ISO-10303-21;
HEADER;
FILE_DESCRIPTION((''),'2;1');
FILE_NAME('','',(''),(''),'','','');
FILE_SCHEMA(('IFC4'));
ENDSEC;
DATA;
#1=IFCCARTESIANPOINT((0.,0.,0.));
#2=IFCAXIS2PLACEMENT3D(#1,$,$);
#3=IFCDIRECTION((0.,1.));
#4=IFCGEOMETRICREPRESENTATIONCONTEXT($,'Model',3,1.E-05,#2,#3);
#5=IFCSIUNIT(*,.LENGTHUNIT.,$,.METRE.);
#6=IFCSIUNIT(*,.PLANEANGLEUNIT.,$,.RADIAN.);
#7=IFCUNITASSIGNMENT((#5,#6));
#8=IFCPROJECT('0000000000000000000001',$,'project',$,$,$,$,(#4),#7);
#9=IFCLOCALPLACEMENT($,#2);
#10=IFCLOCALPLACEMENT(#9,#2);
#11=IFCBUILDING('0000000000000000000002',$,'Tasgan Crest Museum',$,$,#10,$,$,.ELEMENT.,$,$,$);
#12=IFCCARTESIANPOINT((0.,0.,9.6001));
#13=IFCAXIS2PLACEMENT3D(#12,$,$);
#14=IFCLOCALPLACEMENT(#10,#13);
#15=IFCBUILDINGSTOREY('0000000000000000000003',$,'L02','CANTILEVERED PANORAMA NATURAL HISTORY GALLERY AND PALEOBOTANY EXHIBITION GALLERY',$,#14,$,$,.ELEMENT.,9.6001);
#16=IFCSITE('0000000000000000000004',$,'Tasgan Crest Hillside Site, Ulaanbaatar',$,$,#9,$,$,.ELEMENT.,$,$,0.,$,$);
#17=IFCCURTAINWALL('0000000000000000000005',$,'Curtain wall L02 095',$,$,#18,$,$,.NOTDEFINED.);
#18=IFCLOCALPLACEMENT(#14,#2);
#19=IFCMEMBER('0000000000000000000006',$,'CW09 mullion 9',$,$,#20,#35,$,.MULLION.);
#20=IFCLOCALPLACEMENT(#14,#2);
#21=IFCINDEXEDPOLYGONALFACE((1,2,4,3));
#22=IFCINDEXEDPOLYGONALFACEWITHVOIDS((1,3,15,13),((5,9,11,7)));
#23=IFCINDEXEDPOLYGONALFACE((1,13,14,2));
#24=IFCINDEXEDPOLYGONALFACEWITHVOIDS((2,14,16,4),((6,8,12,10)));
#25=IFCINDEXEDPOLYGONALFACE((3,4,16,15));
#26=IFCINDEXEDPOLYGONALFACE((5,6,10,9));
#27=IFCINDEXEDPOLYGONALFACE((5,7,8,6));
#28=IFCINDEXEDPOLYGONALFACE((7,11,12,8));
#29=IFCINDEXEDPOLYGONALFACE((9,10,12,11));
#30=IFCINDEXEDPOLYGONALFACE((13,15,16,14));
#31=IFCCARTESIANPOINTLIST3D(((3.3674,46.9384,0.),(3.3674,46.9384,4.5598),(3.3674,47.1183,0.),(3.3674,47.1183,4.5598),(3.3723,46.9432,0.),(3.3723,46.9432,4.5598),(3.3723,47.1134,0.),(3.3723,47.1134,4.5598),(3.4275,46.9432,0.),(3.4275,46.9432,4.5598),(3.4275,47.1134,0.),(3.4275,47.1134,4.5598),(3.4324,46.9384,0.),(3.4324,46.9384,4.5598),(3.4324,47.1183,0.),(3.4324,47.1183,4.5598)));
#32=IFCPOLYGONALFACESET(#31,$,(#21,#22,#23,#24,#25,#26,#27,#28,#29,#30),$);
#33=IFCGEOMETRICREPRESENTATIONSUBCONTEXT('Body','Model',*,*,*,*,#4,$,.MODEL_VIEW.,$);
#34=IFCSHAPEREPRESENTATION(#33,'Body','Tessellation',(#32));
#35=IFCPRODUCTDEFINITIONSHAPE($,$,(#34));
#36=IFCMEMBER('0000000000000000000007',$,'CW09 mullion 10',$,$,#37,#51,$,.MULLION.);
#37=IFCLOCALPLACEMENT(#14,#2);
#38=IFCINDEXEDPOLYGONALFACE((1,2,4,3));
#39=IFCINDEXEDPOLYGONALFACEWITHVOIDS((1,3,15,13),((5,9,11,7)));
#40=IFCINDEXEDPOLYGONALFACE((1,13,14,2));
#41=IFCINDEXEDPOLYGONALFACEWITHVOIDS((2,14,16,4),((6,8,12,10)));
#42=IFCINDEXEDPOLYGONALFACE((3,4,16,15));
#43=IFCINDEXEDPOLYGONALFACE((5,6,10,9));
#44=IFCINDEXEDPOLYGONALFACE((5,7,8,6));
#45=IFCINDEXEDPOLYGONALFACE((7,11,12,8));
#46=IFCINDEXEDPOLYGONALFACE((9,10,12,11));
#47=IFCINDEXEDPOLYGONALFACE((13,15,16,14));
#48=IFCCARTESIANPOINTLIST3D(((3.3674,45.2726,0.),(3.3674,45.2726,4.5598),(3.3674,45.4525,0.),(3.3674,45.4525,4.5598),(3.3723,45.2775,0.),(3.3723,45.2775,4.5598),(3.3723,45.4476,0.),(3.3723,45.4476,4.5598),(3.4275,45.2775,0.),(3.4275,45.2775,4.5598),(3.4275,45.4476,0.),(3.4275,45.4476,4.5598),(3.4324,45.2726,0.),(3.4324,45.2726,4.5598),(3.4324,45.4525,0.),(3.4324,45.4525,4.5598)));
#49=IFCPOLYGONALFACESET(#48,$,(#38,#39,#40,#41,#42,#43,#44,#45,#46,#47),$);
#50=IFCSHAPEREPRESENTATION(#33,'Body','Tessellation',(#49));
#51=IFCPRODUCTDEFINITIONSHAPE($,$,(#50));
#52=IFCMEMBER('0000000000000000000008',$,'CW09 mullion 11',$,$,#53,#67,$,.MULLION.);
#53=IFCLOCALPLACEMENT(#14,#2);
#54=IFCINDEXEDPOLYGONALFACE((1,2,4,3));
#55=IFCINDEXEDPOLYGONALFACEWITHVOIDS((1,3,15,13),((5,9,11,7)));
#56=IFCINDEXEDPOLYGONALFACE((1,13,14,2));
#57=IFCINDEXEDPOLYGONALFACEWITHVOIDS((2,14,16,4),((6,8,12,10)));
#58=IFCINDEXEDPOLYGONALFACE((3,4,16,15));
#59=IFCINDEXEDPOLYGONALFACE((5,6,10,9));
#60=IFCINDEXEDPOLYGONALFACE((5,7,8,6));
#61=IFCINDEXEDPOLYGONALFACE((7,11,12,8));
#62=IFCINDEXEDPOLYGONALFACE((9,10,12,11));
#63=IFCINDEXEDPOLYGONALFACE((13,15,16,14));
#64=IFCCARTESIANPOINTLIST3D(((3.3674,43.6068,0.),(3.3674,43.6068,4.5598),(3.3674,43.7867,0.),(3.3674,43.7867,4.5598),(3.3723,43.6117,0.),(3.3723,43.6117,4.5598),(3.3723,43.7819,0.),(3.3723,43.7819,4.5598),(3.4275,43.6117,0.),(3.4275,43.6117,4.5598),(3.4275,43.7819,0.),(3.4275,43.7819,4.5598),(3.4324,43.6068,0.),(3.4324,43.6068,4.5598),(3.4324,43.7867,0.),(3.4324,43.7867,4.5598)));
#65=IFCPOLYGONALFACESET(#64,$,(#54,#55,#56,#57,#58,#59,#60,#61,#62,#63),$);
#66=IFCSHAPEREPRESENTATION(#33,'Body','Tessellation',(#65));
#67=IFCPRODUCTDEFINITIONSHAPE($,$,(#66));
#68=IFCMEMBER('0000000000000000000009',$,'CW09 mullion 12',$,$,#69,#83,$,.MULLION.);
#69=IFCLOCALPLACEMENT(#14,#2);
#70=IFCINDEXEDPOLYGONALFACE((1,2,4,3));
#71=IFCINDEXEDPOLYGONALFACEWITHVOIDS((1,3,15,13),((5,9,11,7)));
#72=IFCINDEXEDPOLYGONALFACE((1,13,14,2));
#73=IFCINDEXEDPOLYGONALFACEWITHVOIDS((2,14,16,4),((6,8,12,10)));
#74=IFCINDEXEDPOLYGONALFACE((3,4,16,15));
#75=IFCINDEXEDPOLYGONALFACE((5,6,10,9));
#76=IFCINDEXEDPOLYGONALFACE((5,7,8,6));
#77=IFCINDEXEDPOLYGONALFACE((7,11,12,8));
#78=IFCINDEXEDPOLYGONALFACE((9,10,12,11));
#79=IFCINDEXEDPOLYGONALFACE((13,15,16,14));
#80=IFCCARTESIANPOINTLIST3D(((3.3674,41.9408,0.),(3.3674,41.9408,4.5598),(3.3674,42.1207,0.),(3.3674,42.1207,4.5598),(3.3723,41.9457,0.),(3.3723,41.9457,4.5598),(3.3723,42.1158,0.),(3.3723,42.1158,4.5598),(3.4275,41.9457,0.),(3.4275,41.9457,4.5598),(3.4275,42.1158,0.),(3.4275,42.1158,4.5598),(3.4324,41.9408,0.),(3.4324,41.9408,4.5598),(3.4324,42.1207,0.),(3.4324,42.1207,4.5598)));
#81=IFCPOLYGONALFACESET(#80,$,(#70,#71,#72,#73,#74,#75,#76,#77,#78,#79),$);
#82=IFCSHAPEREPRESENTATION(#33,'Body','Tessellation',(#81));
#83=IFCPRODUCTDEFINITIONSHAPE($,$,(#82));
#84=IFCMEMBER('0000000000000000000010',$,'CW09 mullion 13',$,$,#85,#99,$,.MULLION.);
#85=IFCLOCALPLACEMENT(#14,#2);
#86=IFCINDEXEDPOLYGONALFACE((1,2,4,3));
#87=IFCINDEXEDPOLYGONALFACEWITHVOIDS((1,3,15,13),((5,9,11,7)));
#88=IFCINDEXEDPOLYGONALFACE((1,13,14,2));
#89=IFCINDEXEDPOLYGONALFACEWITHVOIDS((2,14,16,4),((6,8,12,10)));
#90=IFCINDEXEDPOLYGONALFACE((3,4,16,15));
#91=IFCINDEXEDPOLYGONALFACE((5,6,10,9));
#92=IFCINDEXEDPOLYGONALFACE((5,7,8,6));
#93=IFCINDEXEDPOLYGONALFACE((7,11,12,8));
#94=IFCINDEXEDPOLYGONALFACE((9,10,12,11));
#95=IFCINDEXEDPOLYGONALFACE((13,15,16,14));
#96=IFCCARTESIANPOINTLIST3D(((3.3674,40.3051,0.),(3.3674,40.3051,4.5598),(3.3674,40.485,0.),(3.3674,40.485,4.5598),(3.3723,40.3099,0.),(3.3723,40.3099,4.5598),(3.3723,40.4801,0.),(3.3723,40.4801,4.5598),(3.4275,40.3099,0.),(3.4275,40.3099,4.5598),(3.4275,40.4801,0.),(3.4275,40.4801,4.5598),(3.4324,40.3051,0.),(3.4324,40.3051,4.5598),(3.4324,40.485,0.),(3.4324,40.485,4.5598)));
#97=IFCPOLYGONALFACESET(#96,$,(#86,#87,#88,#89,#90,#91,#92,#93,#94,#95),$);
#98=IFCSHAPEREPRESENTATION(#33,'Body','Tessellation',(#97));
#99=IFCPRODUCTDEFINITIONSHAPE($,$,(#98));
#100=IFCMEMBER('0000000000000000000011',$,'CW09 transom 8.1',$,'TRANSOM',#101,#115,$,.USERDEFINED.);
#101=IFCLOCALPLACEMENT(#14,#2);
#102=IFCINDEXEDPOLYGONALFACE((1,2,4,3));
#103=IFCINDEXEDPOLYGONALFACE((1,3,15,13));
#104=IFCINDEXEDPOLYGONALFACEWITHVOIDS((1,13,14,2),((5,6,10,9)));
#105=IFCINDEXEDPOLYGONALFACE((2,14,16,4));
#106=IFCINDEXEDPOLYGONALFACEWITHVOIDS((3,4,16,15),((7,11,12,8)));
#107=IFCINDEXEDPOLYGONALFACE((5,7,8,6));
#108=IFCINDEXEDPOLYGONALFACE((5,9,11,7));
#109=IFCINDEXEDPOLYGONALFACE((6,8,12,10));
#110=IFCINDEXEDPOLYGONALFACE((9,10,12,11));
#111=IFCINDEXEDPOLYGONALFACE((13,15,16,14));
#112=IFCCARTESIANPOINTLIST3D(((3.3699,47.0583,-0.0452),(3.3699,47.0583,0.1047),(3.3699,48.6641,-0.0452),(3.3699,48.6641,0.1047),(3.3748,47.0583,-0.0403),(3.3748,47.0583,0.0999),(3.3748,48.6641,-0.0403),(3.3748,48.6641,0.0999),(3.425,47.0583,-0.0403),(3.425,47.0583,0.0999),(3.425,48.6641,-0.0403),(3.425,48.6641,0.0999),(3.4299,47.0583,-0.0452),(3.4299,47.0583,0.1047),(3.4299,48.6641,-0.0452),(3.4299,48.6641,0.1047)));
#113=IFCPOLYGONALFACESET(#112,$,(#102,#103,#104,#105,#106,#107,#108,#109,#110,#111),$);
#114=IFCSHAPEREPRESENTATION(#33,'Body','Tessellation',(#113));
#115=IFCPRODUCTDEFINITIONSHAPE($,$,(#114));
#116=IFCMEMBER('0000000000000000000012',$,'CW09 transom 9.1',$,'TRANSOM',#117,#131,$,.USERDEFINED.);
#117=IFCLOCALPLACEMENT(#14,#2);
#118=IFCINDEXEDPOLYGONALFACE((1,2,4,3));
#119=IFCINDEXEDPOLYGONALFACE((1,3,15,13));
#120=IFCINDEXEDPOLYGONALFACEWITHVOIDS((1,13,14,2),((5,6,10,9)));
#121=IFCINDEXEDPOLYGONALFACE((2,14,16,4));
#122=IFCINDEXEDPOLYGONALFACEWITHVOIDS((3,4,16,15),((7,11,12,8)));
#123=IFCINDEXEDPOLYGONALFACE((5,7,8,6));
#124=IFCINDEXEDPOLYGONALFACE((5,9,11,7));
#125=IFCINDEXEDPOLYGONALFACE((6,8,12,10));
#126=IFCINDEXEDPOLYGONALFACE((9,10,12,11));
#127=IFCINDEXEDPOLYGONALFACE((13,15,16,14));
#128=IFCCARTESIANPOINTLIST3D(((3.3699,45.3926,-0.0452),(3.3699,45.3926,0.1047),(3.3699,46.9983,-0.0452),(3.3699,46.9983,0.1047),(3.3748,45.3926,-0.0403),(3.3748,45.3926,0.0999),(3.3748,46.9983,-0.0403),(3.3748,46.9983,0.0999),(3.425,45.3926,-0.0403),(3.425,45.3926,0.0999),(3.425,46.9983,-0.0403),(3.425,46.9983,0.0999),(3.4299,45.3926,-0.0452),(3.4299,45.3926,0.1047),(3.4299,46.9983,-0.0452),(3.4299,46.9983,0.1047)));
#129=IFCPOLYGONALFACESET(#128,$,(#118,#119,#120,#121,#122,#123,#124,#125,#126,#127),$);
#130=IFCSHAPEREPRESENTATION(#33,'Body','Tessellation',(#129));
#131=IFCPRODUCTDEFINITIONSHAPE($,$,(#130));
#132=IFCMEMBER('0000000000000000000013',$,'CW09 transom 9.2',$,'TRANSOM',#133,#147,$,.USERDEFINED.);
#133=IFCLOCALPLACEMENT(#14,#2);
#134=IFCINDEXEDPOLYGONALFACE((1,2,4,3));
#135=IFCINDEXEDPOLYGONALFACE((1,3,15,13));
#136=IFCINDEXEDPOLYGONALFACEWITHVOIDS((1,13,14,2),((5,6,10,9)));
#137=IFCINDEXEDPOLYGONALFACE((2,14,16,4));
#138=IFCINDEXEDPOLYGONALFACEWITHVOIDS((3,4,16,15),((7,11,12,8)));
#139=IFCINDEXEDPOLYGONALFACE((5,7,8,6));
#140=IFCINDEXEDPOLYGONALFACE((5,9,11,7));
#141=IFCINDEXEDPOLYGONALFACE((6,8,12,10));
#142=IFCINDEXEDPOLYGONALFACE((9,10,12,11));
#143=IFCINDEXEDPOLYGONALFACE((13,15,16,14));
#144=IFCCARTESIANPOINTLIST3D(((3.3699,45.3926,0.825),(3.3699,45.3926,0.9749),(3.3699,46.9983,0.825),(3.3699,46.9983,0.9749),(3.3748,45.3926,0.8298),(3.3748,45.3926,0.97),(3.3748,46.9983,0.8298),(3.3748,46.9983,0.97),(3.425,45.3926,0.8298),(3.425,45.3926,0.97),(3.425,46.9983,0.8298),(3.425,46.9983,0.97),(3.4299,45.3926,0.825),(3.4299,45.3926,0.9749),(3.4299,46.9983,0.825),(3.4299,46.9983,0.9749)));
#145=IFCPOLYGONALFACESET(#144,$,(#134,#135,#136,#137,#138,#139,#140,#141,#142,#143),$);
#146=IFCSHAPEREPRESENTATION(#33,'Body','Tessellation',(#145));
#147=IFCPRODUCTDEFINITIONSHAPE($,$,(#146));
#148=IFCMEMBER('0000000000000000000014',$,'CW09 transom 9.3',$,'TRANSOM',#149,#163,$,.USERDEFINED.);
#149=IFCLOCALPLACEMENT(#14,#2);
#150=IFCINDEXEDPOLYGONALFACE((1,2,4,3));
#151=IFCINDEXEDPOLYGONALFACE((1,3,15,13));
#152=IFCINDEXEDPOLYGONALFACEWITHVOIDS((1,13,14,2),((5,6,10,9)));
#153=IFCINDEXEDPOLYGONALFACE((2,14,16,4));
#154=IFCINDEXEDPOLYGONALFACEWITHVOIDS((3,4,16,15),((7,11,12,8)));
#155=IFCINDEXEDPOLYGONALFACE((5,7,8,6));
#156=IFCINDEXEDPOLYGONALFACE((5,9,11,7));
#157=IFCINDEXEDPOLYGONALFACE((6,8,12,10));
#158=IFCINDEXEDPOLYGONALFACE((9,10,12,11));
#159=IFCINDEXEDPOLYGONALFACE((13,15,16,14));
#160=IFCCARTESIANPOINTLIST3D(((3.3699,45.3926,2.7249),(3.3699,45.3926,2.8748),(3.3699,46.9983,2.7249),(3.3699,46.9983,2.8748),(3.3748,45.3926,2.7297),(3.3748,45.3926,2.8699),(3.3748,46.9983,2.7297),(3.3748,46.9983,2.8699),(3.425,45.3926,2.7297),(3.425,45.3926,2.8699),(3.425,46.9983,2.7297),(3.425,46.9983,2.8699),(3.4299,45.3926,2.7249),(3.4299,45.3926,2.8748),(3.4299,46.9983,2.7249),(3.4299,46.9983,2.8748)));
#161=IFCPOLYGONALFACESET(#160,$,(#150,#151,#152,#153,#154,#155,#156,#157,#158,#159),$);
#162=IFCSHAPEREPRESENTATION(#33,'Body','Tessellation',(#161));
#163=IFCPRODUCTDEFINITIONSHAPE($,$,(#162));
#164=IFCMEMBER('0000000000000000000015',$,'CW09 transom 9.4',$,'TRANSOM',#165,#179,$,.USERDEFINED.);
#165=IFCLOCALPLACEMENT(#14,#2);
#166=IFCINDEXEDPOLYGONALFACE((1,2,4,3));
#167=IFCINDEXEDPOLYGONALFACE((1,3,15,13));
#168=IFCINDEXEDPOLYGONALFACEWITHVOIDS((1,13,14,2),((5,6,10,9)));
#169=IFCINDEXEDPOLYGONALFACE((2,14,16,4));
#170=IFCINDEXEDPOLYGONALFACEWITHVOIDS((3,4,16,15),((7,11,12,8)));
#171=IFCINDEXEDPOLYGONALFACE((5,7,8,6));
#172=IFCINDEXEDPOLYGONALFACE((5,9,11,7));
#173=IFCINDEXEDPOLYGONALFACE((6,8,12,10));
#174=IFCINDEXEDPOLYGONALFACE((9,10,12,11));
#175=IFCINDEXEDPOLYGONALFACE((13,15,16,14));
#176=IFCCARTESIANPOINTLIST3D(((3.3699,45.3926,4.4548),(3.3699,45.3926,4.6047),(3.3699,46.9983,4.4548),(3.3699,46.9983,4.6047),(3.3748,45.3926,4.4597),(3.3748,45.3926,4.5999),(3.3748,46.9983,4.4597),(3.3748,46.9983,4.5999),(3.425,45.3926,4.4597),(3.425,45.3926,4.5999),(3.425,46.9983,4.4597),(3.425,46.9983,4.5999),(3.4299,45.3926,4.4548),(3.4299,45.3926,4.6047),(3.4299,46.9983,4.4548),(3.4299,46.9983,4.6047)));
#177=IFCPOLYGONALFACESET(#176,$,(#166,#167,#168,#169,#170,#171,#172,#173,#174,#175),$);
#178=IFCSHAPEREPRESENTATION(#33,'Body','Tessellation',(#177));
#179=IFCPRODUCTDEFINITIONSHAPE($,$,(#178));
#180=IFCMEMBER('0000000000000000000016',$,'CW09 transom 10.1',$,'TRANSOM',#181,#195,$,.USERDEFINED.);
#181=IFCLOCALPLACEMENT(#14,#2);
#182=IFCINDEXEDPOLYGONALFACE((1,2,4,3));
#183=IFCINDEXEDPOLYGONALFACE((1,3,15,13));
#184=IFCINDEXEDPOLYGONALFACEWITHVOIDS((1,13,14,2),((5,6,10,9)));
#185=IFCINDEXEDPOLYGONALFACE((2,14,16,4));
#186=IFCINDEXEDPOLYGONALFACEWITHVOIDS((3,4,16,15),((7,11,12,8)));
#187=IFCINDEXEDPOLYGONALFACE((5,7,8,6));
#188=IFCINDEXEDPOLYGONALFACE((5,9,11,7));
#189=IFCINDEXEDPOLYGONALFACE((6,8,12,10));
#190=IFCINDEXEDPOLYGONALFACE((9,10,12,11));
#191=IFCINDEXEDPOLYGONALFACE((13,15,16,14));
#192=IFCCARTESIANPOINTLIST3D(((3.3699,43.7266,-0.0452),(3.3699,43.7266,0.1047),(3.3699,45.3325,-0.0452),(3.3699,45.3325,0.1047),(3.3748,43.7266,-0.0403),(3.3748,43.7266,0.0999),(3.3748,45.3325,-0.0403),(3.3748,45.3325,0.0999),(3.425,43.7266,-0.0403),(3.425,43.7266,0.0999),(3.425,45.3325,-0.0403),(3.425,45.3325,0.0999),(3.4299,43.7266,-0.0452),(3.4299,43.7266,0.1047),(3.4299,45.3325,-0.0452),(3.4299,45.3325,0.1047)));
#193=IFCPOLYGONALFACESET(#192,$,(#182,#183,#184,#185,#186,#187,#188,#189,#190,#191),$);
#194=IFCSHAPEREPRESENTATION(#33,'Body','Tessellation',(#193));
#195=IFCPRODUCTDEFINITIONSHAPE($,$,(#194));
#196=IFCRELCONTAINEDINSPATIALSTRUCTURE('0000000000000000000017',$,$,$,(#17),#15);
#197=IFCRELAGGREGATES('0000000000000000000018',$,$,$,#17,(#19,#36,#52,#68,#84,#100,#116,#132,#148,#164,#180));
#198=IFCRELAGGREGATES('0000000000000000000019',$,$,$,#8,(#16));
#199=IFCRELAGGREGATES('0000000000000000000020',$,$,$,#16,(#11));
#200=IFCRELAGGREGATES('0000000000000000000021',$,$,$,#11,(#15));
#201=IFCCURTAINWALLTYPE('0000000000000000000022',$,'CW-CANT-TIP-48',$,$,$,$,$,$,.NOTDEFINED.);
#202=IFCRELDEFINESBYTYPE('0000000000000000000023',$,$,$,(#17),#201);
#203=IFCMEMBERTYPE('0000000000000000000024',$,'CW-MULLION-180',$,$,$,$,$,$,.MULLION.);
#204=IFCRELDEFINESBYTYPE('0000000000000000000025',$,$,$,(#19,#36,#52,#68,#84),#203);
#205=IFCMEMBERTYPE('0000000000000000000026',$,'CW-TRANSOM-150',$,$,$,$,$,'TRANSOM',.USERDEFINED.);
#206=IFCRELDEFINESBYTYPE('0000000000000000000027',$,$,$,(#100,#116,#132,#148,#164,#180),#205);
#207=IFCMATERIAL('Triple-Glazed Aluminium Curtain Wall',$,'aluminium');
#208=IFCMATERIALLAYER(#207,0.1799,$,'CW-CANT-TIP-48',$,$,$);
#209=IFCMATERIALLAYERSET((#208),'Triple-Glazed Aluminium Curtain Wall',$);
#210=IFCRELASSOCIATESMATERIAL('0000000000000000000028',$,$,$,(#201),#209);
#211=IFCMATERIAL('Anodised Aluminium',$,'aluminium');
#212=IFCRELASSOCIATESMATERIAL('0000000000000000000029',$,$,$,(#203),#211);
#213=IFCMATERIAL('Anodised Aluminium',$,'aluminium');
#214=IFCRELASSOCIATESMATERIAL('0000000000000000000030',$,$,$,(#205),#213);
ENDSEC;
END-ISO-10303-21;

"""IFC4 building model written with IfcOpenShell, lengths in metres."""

from ifc_helpers import new_model, si_unit, direction, frame, origin, origin_2d, place, context, subcontext, project, spatial, hollow_rectangle, extrude, material, layer, layer_set, material_profile, profile_set, type_object, element, aggregate, save


model = new_model("IFC4")

# Units and contexts
model_context = context("Model", 3, precision=1e-05, world=origin(), true_north=direction((0.0, 1.0)))
body_context = subcontext(model_context, "Body", "Model", "MODEL_VIEW")
ifc_project = project(units=[si_unit("LENGTHUNIT", "METRE"), si_unit("PLANEANGLEUNIT", "RADIAN")], contexts=[model_context])

# Site, building, storey
site_placement = place(None, origin())
site = spatial("IfcSite", under=ifc_project, at=site_placement, Name="Tasgan Crest Hillside Site, Ulaanbaatar", CompositionType="ELEMENT", RefElevation=0.0)
building_placement = place(site_placement, origin())
building = spatial("IfcBuilding", under=site, at=building_placement, Name="Tasgan Crest Museum", CompositionType="ELEMENT")
storey_placement = place(building_placement, frame((0.0, 0.0, 9.6001)))
storey = spatial("IfcBuildingStorey", under=building, at=storey_placement, Name="L02", Description="CANTILEVERED PANORAMA NATURAL HISTORY GALLERY AND PALEOBOTANY EXHIBITION GALLERY", CompositionType="ELEMENT", Elevation=9.6001)

# Curtain wall, members
ifc_material_1 = material(Name="Triple-Glazed Aluminium Curtain Wall", Category="aluminium")
ifc_layer_1 = layer(ifc_material_1, 0.1799, Name="CW-CANT-TIP-48")
ifc_layer_set_1 = layer_set([ifc_layer_1], Name="Triple-Glazed Aluminium Curtain Wall")
curtain_wall_type = type_object("IfcCurtainWallType", Name="CW-CANT-TIP-48", PredefinedType="NOTDEFINED", material=ifc_layer_set_1)
curtain_wall_placement = place(storey_placement, origin())
curtain_wall = element("IfcCurtainWall", 1, at=curtain_wall_placement, inside=storey, type_object=curtain_wall_type, Name="Curtain wall L02 095", PredefinedType="NOTDEFINED")
ifc_material_2 = material(Name="Anodised Aluminium", Category="aluminium")
ifc_material_profile_1 = material_profile(ifc_material_2, hollow_rectangle(XDim=0.0649, YDim=0.1799, WallThickness=0.0049, at=origin_2d()), Name="ALU MULLION 180x65x5")
ifc_profile_set_1 = profile_set([ifc_material_profile_1], Name="Anodised Aluminium")
member_type_1 = type_object("IfcMemberType", Name="CW-MULLION-180", PredefinedType="MULLION", material=ifc_profile_set_1)
member_1_placement = place(storey_placement, frame((3.3999, 47.0283, 0.0), z_axis=(0.0, 0.0, 1.0), x_axis=(1.0, 0.0, 0.0)))
member_1 = element("IfcMember", 2, at=member_1_placement, type_object=member_type_1, Name="CW09 mullion 9", PredefinedType="MULLION", context=body_context, shape_type="SweptSolid", body=[
    extrude(hollow_rectangle(XDim=0.0649, YDim=0.1799, WallThickness=0.0049, at=origin_2d()), origin(), (0.0, 0.0, 1.0), 4.5598),
])
member_2_placement = place(storey_placement, frame((3.3999, 45.3625, 0.0), z_axis=(0.0, 0.0, 1.0), x_axis=(1.0, 0.0, 0.0)))
member_2 = element("IfcMember", 3, at=member_2_placement, type_object=member_type_1, Name="CW09 mullion 10", PredefinedType="MULLION", context=body_context, shape_type="SweptSolid", body=[
    extrude(hollow_rectangle(XDim=0.0649, YDim=0.1799, WallThickness=0.0049, at=origin_2d()), origin(), (0.0, 0.0, 1.0), 4.5598),
])
member_3_placement = place(storey_placement, frame((3.3999, 43.6968, 0.0), z_axis=(0.0, 0.0, 1.0), x_axis=(1.0, 0.0, 0.0)))
member_3 = element("IfcMember", 4, at=member_3_placement, type_object=member_type_1, Name="CW09 mullion 11", PredefinedType="MULLION", context=body_context, shape_type="SweptSolid", body=[
    extrude(hollow_rectangle(XDim=0.0649, YDim=0.1799, WallThickness=0.0049, at=origin_2d()), origin(), (0.0, 0.0, 1.0), 4.5598),
])
member_4_placement = place(storey_placement, frame((3.3999, 42.0308, 0.0), z_axis=(0.0, 0.0, 1.0), x_axis=(1.0, 0.0, 0.0)))
member_4 = element("IfcMember", 5, at=member_4_placement, type_object=member_type_1, Name="CW09 mullion 12", PredefinedType="MULLION", context=body_context, shape_type="SweptSolid", body=[
    extrude(hollow_rectangle(XDim=0.0649, YDim=0.1799, WallThickness=0.0049, at=origin_2d()), origin(), (0.0, 0.0, 1.0), 4.5598),
])
member_5_placement = place(storey_placement, frame((3.3999, 40.395, 0.0), z_axis=(0.0, 0.0, 1.0), x_axis=(1.0, 0.0, 0.0)))
member_5 = element("IfcMember", 6, at=member_5_placement, type_object=member_type_1, Name="CW09 mullion 13", PredefinedType="MULLION", context=body_context, shape_type="SweptSolid", body=[
    extrude(hollow_rectangle(XDim=0.0649, YDim=0.1799, WallThickness=0.0049, at=origin_2d()), origin(), (0.0, 0.0, 1.0), 4.5598),
])
ifc_material_3 = material(Name="Anodised Aluminium", Category="aluminium")
ifc_material_profile_2 = material_profile(ifc_material_3, hollow_rectangle(XDim=0.0601, YDim=0.1499, WallThickness=0.0049, at=origin_2d()), Name="ALU TRANSOM 150x60x5")
ifc_profile_set_2 = profile_set([ifc_material_profile_2], Name="Anodised Aluminium")
member_type_2 = type_object("IfcMemberType", Name="CW-TRANSOM-150", ElementType="TRANSOM", PredefinedType="USERDEFINED", material=ifc_profile_set_2)
member_6_placement = place(storey_placement, frame((3.3999, 48.6641, 0.0298), z_axis=(0.0, -1.0, 0.0), x_axis=(1.0, 0.0, 0.0)))
member_6 = element("IfcMember", 7, at=member_6_placement, type_object=member_type_2, Name="CW09 transom 8.1", ObjectType="TRANSOM", PredefinedType="USERDEFINED", context=body_context, shape_type="SweptSolid", body=[
    extrude(hollow_rectangle(XDim=0.0601, YDim=0.1499, WallThickness=0.0049, at=origin_2d()), origin(), (0.0, 0.0, 1.0), 1.6057),
])
member_7_placement = place(storey_placement, frame((3.3999, 46.9983, 0.0298), z_axis=(0.0, -1.0, 0.0), x_axis=(1.0, 0.0, 0.0)))
member_7 = element("IfcMember", 8, at=member_7_placement, type_object=member_type_2, Name="CW09 transom 9.1", ObjectType="TRANSOM", PredefinedType="USERDEFINED", context=body_context, shape_type="SweptSolid", body=[
    extrude(hollow_rectangle(XDim=0.0601, YDim=0.1499, WallThickness=0.0049, at=origin_2d()), origin(), (0.0, 0.0, 1.0), 1.6057),
])
member_8_placement = place(storey_placement, frame((3.3999, 46.9983, 0.8999), z_axis=(0.0, -1.0, 0.0), x_axis=(1.0, 0.0, 0.0)))
member_8 = element("IfcMember", 9, at=member_8_placement, type_object=member_type_2, Name="CW09 transom 9.2", ObjectType="TRANSOM", PredefinedType="USERDEFINED", context=body_context, shape_type="SweptSolid", body=[
    extrude(hollow_rectangle(XDim=0.0601, YDim=0.1499, WallThickness=0.0049, at=origin_2d()), origin(), (0.0, 0.0, 1.0), 1.6057),
])
member_9_placement = place(storey_placement, frame((3.3999, 46.9983, 2.7998), z_axis=(0.0, -1.0, 0.0), x_axis=(1.0, 0.0, 0.0)))
member_9 = element("IfcMember", 10, at=member_9_placement, type_object=member_type_2, Name="CW09 transom 9.3", ObjectType="TRANSOM", PredefinedType="USERDEFINED", context=body_context, shape_type="SweptSolid", body=[
    extrude(hollow_rectangle(XDim=0.0601, YDim=0.1499, WallThickness=0.0049, at=origin_2d()), origin(), (0.0, 0.0, 1.0), 1.6057),
])
member_10_placement = place(storey_placement, frame((3.3999, 46.9983, 4.5298), z_axis=(0.0, -1.0, 0.0), x_axis=(1.0, 0.0, 0.0)))
member_10 = element("IfcMember", 11, at=member_10_placement, type_object=member_type_2, Name="CW09 transom 9.4", ObjectType="TRANSOM", PredefinedType="USERDEFINED", context=body_context, shape_type="SweptSolid", body=[
    extrude(hollow_rectangle(XDim=0.0601, YDim=0.1499, WallThickness=0.0049, at=origin_2d()), origin(), (0.0, 0.0, 1.0), 1.6057),
])
member_11_placement = place(storey_placement, frame((3.3999, 45.3325, 0.0298), z_axis=(0.0, -1.0, 0.0), x_axis=(1.0, 0.0, 0.0)))
member_11 = element("IfcMember", 12, at=member_11_placement, type_object=member_type_2, Name="CW09 transom 10.1", ObjectType="TRANSOM", PredefinedType="USERDEFINED", context=body_context, shape_type="SweptSolid", body=[
    extrude(hollow_rectangle(XDim=0.0601, YDim=0.1499, WallThickness=0.0049, at=origin_2d()), origin(), (0.0, 0.0, 1.0), 1.606),
])
aggregate(curtain_wall, [member_1, member_2, member_3, member_4, member_5, member_6, member_7, member_8, member_9, member_10, member_11])

save(model, "model.ifc")
